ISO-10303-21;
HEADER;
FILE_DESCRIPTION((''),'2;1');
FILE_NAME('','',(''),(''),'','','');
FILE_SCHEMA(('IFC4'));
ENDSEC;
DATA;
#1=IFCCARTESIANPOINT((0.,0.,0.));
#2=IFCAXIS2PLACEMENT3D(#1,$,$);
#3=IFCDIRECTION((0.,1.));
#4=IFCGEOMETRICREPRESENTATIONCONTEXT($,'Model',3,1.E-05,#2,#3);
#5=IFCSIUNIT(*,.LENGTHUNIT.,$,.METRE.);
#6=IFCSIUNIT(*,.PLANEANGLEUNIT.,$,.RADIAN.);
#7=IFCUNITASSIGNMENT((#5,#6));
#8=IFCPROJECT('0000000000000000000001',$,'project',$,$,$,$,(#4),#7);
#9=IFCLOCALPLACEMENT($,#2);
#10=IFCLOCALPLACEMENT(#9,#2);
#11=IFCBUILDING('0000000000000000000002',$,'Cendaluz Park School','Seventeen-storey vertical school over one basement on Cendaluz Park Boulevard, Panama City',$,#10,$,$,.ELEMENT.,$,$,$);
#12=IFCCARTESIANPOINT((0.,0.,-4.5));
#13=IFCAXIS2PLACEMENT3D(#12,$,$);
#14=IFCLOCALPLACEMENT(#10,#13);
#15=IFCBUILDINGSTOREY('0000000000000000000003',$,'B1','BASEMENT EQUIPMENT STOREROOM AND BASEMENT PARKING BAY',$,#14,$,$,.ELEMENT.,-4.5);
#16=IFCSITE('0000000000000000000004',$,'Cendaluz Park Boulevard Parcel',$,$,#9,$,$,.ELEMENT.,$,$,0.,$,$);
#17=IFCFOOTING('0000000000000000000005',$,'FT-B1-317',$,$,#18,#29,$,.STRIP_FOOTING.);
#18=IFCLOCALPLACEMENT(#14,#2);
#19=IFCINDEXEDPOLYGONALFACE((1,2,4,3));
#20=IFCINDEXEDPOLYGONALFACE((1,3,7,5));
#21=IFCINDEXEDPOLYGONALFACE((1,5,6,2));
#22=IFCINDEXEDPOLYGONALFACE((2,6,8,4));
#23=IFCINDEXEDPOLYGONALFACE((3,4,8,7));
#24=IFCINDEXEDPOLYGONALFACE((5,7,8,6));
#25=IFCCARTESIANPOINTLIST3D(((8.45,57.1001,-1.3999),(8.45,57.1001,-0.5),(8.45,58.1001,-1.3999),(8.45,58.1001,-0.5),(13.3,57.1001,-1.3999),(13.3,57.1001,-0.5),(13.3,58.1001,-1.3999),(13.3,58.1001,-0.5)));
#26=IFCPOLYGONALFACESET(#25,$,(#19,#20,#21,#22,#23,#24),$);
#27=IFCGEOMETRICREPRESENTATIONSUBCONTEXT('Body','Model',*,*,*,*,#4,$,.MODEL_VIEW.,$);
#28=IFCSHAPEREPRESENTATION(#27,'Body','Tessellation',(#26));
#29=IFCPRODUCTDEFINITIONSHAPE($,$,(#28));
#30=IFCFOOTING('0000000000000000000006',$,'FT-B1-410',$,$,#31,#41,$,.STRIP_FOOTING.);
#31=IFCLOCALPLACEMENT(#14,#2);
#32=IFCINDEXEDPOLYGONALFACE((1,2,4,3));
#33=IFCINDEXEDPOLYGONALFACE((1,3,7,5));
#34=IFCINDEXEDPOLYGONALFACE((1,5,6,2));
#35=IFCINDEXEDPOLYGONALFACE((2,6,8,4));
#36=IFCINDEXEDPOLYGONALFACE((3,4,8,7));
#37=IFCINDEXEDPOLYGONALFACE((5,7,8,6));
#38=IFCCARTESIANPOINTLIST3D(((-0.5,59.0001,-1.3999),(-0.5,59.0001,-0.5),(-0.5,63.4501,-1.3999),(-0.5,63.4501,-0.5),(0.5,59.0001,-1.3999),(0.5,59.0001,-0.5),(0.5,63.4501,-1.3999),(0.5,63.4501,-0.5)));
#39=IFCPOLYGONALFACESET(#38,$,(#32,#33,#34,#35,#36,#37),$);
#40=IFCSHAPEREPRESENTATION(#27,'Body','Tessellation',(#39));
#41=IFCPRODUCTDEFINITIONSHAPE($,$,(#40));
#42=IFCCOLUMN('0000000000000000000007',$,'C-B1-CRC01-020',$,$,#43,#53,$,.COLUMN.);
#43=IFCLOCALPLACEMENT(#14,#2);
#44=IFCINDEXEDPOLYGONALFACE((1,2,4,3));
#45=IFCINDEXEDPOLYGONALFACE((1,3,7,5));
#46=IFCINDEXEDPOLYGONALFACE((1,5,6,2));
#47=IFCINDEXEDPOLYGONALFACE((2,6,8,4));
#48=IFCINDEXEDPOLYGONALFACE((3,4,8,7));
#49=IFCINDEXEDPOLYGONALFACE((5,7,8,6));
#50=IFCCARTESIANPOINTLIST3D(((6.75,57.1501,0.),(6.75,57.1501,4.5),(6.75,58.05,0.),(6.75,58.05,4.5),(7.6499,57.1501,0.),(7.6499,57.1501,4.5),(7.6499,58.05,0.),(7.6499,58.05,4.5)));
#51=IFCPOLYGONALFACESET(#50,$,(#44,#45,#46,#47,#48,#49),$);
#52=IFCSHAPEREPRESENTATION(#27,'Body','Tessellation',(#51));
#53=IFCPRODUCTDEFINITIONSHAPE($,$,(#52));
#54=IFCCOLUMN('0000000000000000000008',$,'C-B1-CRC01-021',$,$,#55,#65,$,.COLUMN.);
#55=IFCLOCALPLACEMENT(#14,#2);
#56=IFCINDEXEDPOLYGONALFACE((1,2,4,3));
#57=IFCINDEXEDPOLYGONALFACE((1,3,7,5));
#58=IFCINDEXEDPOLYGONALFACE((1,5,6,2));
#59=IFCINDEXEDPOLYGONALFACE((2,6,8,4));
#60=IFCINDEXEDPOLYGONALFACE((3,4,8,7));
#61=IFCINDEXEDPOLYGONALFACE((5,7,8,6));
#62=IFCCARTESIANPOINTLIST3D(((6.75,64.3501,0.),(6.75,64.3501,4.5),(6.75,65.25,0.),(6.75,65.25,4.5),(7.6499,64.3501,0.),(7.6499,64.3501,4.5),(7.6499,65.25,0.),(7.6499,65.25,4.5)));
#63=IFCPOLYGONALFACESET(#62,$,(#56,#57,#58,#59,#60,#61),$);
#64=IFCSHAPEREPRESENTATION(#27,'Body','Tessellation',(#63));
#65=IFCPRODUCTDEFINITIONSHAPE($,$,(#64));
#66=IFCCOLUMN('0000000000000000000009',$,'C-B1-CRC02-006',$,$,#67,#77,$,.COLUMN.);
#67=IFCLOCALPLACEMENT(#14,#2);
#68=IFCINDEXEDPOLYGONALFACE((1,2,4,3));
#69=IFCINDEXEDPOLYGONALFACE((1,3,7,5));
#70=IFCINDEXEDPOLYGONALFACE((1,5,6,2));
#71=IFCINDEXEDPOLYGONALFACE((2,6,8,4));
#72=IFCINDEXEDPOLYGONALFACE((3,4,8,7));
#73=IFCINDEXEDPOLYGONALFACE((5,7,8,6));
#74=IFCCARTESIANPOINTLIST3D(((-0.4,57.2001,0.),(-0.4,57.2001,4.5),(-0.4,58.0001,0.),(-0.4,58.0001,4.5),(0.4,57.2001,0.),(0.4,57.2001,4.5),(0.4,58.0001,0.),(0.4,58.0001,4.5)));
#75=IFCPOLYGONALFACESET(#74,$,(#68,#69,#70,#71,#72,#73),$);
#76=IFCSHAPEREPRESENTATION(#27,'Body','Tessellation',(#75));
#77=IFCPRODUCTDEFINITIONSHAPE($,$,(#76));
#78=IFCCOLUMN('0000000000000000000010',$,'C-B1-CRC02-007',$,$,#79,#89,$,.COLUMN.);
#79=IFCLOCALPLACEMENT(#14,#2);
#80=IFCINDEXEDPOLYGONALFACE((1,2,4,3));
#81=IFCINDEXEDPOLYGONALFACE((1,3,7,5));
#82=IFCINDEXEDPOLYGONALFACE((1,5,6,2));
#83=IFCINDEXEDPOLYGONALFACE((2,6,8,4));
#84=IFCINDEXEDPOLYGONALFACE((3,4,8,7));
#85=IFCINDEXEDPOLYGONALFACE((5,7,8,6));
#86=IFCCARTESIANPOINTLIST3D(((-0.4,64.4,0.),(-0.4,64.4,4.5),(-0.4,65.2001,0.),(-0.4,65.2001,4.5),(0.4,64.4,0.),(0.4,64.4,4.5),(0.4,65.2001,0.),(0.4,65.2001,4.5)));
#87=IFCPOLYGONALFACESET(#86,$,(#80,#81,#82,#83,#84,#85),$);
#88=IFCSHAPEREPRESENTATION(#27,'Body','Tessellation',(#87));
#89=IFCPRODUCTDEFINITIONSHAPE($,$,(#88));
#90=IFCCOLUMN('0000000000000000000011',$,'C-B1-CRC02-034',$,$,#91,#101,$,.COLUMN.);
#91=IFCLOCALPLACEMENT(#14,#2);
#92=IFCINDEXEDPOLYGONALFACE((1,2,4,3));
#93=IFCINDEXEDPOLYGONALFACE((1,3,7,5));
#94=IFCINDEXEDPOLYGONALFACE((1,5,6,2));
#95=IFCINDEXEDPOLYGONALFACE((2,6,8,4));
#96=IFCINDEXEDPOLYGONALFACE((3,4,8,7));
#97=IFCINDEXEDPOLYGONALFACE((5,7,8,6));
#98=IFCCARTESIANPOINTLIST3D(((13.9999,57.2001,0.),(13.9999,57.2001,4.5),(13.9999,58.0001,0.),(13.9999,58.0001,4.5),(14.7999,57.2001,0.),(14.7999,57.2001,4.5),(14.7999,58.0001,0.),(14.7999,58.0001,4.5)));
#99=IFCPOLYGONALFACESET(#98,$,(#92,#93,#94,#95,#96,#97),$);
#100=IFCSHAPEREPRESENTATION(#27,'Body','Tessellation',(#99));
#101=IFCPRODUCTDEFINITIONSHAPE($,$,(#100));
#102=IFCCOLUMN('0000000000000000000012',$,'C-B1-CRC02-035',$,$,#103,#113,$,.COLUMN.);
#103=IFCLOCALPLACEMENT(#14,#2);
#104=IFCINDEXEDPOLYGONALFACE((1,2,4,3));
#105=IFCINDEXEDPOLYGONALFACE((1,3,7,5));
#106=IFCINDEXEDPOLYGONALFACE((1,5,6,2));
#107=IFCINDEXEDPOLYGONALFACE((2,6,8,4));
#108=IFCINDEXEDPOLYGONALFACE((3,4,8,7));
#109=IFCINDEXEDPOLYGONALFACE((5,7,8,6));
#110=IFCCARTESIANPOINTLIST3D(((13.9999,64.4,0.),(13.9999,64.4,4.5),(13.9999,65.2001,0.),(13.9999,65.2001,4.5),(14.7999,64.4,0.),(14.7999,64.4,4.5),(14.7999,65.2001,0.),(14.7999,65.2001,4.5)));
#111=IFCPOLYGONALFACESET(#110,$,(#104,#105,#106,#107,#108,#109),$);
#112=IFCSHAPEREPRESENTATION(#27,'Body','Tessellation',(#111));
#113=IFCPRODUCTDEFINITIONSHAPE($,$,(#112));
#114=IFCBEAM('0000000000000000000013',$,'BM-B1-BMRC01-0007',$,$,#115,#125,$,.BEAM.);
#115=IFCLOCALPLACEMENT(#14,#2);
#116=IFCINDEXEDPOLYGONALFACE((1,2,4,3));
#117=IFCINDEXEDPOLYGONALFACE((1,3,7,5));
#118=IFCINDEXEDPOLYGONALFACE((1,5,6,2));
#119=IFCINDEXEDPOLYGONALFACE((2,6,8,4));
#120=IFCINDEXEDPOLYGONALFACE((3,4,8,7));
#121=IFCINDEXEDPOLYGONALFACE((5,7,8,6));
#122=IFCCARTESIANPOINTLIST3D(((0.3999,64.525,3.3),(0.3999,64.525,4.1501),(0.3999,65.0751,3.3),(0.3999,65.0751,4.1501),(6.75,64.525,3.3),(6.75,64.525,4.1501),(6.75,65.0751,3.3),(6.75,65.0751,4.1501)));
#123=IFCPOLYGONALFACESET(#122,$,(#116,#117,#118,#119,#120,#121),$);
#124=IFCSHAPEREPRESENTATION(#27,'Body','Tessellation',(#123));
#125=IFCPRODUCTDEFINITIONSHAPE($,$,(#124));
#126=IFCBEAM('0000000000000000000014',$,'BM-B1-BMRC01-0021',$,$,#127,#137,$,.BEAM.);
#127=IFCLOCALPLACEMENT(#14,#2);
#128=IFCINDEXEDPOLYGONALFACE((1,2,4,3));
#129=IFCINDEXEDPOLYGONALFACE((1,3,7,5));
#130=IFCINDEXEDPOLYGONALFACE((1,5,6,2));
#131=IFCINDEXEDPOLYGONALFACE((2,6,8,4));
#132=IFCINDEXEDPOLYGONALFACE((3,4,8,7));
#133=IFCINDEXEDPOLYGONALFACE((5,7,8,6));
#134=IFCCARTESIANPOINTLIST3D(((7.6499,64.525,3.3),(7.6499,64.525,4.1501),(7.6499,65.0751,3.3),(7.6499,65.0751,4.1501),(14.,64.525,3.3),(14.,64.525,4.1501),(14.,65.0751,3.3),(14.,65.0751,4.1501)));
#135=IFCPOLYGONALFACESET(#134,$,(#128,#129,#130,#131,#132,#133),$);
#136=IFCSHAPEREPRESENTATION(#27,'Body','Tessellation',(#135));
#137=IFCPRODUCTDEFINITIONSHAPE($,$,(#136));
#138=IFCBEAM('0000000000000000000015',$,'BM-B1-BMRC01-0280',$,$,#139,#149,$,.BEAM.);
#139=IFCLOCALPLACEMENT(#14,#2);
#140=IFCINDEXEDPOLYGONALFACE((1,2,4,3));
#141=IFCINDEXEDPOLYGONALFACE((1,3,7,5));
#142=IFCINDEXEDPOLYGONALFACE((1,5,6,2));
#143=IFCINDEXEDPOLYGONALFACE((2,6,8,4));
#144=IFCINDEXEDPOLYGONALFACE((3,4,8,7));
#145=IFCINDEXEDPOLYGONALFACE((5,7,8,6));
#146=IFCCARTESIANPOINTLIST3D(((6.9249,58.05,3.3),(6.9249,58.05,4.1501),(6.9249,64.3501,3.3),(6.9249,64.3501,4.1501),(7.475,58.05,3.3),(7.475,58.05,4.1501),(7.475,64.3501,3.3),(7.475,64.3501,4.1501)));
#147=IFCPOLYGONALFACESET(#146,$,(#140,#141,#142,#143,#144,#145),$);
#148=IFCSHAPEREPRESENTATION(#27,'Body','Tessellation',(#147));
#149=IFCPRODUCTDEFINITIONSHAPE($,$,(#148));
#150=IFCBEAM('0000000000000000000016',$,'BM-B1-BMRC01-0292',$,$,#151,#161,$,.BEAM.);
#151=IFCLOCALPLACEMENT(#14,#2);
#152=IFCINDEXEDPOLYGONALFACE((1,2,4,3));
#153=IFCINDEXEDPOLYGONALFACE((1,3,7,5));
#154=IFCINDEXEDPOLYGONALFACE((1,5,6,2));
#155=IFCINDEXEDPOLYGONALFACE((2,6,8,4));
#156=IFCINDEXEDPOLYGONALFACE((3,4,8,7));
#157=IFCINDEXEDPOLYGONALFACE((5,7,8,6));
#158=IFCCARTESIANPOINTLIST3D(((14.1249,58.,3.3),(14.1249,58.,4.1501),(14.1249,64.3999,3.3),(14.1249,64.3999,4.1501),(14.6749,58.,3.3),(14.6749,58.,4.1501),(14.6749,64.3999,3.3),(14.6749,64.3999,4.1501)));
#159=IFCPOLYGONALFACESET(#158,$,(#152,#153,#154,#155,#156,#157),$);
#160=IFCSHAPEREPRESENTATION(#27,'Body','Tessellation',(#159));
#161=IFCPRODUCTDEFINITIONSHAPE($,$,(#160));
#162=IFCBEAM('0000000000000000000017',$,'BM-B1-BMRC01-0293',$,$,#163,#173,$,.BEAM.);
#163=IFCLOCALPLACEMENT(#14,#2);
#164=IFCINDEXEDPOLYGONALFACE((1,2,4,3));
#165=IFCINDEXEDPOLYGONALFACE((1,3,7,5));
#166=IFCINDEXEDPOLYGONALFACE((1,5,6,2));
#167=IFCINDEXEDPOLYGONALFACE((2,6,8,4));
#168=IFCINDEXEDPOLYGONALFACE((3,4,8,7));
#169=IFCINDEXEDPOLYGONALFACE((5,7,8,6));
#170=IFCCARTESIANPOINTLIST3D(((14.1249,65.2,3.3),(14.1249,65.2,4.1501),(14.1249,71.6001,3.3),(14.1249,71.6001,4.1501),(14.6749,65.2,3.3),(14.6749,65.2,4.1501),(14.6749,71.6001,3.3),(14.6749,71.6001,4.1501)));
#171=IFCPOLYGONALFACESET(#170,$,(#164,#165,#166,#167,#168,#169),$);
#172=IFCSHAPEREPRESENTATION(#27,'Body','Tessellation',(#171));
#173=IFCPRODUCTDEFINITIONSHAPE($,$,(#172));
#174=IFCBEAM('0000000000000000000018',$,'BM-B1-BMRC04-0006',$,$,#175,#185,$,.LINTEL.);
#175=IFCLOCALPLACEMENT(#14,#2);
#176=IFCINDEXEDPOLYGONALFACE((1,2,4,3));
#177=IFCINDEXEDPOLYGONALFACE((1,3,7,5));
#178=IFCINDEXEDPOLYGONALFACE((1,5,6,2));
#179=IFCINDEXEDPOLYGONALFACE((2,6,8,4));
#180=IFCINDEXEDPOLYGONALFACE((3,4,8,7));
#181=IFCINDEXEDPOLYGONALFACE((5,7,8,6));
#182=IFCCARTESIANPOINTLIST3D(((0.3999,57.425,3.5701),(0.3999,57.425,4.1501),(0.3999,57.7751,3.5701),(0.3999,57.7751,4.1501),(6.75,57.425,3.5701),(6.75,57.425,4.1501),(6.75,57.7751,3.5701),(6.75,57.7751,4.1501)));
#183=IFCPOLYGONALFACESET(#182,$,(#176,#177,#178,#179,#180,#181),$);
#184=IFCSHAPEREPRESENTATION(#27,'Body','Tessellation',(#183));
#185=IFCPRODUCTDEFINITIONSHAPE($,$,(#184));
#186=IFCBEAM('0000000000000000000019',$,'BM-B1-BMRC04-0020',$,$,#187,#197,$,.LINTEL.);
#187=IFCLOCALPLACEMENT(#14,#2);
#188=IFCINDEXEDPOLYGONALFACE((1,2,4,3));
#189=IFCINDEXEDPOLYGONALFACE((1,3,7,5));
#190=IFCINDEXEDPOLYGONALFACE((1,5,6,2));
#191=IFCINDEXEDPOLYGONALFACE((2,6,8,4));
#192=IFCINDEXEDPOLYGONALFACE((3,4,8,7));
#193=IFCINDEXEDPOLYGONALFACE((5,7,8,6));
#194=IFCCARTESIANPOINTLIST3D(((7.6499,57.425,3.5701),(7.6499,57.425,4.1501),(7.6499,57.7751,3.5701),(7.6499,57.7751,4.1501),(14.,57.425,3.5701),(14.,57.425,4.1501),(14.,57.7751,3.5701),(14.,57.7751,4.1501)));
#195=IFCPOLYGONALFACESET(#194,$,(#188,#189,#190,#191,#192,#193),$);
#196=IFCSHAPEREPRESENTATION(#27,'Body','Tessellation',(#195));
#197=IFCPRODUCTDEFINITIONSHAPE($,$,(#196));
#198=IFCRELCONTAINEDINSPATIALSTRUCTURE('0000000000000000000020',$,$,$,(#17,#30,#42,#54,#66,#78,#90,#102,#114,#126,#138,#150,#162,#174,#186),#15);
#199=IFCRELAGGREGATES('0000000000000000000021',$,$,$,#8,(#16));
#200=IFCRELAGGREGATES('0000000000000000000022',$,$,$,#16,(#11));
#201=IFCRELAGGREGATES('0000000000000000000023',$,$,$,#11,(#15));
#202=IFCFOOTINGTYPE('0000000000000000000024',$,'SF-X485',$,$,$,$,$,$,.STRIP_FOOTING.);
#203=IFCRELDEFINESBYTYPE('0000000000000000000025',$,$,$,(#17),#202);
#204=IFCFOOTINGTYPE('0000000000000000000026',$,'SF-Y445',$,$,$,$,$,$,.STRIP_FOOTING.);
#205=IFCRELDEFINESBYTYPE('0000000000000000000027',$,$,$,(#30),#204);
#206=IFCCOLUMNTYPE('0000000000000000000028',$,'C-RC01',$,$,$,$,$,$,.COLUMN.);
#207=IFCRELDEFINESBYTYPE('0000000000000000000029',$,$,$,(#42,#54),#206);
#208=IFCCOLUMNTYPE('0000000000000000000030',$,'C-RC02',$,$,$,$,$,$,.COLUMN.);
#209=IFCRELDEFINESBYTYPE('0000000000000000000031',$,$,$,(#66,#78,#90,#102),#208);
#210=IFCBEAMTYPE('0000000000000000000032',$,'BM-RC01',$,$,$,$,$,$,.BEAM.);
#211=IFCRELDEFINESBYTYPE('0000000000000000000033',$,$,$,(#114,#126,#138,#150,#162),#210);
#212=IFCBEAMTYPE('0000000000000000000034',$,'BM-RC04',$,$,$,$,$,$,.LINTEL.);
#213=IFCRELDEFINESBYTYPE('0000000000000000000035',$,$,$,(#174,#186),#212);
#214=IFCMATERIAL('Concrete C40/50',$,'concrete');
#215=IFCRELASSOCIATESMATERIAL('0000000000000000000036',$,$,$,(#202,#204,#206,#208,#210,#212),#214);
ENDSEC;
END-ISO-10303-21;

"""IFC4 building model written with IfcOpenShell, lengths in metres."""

from ifc_helpers import new_model, si_unit, direction, frame, origin, origin_2d, place, context, subcontext, project, spatial, rectangle, extrude, material, material_profile, profile_set, type_object, element, save


model = new_model("IFC4")

# Units and contexts
model_context = context("Model", 3, precision=1e-05, world=origin(), true_north=direction((0.0, 1.0)))
body_context = subcontext(model_context, "Body", "Model", "MODEL_VIEW")
ifc_project = project(units=[si_unit("LENGTHUNIT", "METRE"), si_unit("PLANEANGLEUNIT", "RADIAN")], contexts=[model_context])

# Site, building, storey
site_placement = place(None, origin())
site = spatial("IfcSite", under=ifc_project, at=site_placement, Name="Cendaluz Park Boulevard Parcel", CompositionType="ELEMENT", RefElevation=0.0)
building_placement = place(site_placement, origin())
building = spatial("IfcBuilding", under=site, at=building_placement, Name="Cendaluz Park School", Description="Seventeen-storey vertical school over one basement on Cendaluz Park Boulevard, Panama City", CompositionType="ELEMENT")
storey_placement = place(building_placement, frame((0.0, 0.0, -4.5)))
storey = spatial("IfcBuildingStorey", under=building, at=storey_placement, Name="B1", Description="BASEMENT EQUIPMENT STOREROOM AND BASEMENT PARKING BAY", CompositionType="ELEMENT", Elevation=-4.5)

# Shared definitions
ifc_material_1 = material(Name="Concrete C40/50", Category="concrete")

# Footings
footing_type_1 = type_object("IfcFootingType", Name="SF-X485", PredefinedType="STRIP_FOOTING", material=ifc_material_1)
footing_1_placement = place(storey_placement, frame((10.875, 57.6001, -1.3999), z_axis=(0.0, 0.0, 1.0), x_axis=(1.0, 0.0, 0.0)))
element("IfcFooting", 1, at=footing_1_placement, inside=storey, type_object=footing_type_1, Name="FT-B1-317", PredefinedType="STRIP_FOOTING", context=body_context, shape_type="SweptSolid", body=[
    extrude(rectangle(XDim=4.8501, YDim=1.0, at=origin_2d()), origin(), (0.0, 0.0, 1.0), 0.8999),
])
footing_type_2 = type_object("IfcFootingType", Name="SF-Y445", PredefinedType="STRIP_FOOTING", material=ifc_material_1)
footing_2_placement = place(storey_placement, frame((0.0, 61.2251, -1.3999), z_axis=(0.0, 0.0, 1.0), x_axis=(1.0, 0.0, 0.0)))
element("IfcFooting", 2, at=footing_2_placement, inside=storey, type_object=footing_type_2, Name="FT-B1-410", PredefinedType="STRIP_FOOTING", context=body_context, shape_type="SweptSolid", body=[
    extrude(rectangle(XDim=1.0, YDim=4.45, at=origin_2d()), origin(), (0.0, 0.0, 1.0), 0.8999),
])

# Columns
ifc_material_profile_1 = material_profile(ifc_material_1, rectangle(XDim=0.8999, YDim=0.8999, at=origin_2d()), Name="RC 900x900", Category="concrete")
ifc_profile_set_1 = profile_set([ifc_material_profile_1], Name="Concrete C40/50")
column_type_1 = type_object("IfcColumnType", Name="C-RC01", PredefinedType="COLUMN", material=ifc_profile_set_1)
for number, where, z_axis, x_axis, name in (
    (3, (7.2, 57.6001, 0.0), (0.0, 0.0, 1.0), (1.0, 0.0, 0.0), "C-B1-CRC01-020"),
    (4, (7.2, 64.8, 0.0), (0.0, 0.0, 1.0), (1.0, 0.0, 0.0), "C-B1-CRC01-021"),
):
    element("IfcColumn", number, at=place(storey_placement, frame(where, z_axis=z_axis, x_axis=x_axis)), inside=storey, type_object=column_type_1, Name=name, PredefinedType="COLUMN", context=body_context, shape_type="SweptSolid", body=[
        extrude(rectangle(XDim=0.8999, YDim=0.8999, at=origin_2d()), origin(), (0.0, 0.0, 1.0), 4.5),
    ])
ifc_material_profile_2 = material_profile(ifc_material_1, rectangle(XDim=0.8, YDim=0.8, at=origin_2d()), Name="RC 800x800", Category="concrete")
ifc_profile_set_2 = profile_set([ifc_material_profile_2], Name="Concrete C40/50")
column_type_2 = type_object("IfcColumnType", Name="C-RC02", PredefinedType="COLUMN", material=ifc_profile_set_2)
for number, where, z_axis, x_axis, name in (
    (5, (0.0, 57.6001, 0.0), (0.0, 0.0, 1.0), (1.0, 0.0, 0.0), "C-B1-CRC02-006"),
    (6, (0.0, 64.8, 0.0), (0.0, 0.0, 1.0), (1.0, 0.0, 0.0), "C-B1-CRC02-007"),
    (7, (14.3999, 57.6001, 0.0), (0.0, 0.0, 1.0), (1.0, 0.0, 0.0), "C-B1-CRC02-034"),
    (8, (14.3999, 64.8, 0.0), (0.0, 0.0, 1.0), (1.0, 0.0, 0.0), "C-B1-CRC02-035"),
):
    element("IfcColumn", number, at=place(storey_placement, frame(where, z_axis=z_axis, x_axis=x_axis)), inside=storey, type_object=column_type_2, Name=name, PredefinedType="COLUMN", context=body_context, shape_type="SweptSolid", body=[
        extrude(rectangle(XDim=0.8, YDim=0.8, at=origin_2d()), origin(), (0.0, 0.0, 1.0), 4.5),
    ])

# Beams
ifc_material_profile_3 = material_profile(ifc_material_1, rectangle(XDim=0.55, YDim=0.8501, at=origin_2d()), Name="RC 550x850", Category="concrete")
ifc_profile_set_3 = profile_set([ifc_material_profile_3], Name="Concrete C40/50")
beam_type_1 = type_object("IfcBeamType", Name="BM-RC01", PredefinedType="BEAM", material=ifc_profile_set_3)
for number, where, z_axis, x_axis, name in (
    (9, (0.3999, 64.8, 3.7251), (1.0, 0.0, 0.0), (0.0, 1.0, 0.0), "BM-B1-BMRC01-0007"),
    (10, (7.6499, 64.8, 3.7251), (1.0, 0.0, 0.0), (0.0, 1.0, 0.0), "BM-B1-BMRC01-0021"),
):
    element("IfcBeam", number, at=place(storey_placement, frame(where, z_axis=z_axis, x_axis=x_axis)), inside=storey, type_object=beam_type_1, Name=name, PredefinedType="BEAM", context=body_context, shape_type="SweptSolid", body=[
        extrude(rectangle(XDim=0.55, YDim=0.8501, at=origin_2d()), origin(), (0.0, 0.0, 1.0), 6.3501),
    ])
beam_1_placement = place(storey_placement, frame((7.2, 58.05, 3.7251), z_axis=(0.0, 1.0, 0.0), x_axis=(-1.0, 0.0, 0.0)))
element("IfcBeam", 11, at=beam_1_placement, inside=storey, type_object=beam_type_1, Name="BM-B1-BMRC01-0280", PredefinedType="BEAM", context=body_context, shape_type="SweptSolid", body=[
    extrude(rectangle(XDim=0.55, YDim=0.8501, at=origin_2d()), origin(), (0.0, 0.0, 1.0), 6.3),
])
beam_2_placement = place(storey_placement, frame((14.3999, 58.0, 3.7251), z_axis=(0.0, 1.0, 0.0), x_axis=(-1.0, 0.0, 0.0)))
element("IfcBeam", 12, at=beam_2_placement, inside=storey, type_object=beam_type_1, Name="BM-B1-BMRC01-0292", PredefinedType="BEAM", context=body_context, shape_type="SweptSolid", body=[
    extrude(rectangle(XDim=0.55, YDim=0.8501, at=origin_2d()), origin(), (0.0, 0.0, 1.0), 6.3999),
])
beam_3_placement = place(storey_placement, frame((14.3999, 65.2, 3.7251), z_axis=(0.0, 1.0, 0.0), x_axis=(-1.0, 0.0, 0.0)))
element("IfcBeam", 13, at=beam_3_placement, inside=storey, type_object=beam_type_1, Name="BM-B1-BMRC01-0293", PredefinedType="BEAM", context=body_context, shape_type="SweptSolid", body=[
    extrude(rectangle(XDim=0.55, YDim=0.8501, at=origin_2d()), origin(), (0.0, 0.0, 1.0), 6.4001),
])
ifc_material_profile_4 = material_profile(ifc_material_1, rectangle(XDim=0.3501, YDim=0.5801, at=origin_2d()), Name="RC 350x580", Category="concrete")
ifc_profile_set_4 = profile_set([ifc_material_profile_4], Name="Concrete C40/50")
beam_type_2 = type_object("IfcBeamType", Name="BM-RC04", PredefinedType="LINTEL", material=ifc_profile_set_4)
for number, where, z_axis, x_axis, name in (
    (14, (0.3999, 57.6001, 3.8601), (1.0, 0.0, 0.0), (0.0, 1.0, 0.0), "BM-B1-BMRC04-0006"),
    (15, (7.6499, 57.6001, 3.8601), (1.0, 0.0, 0.0), (0.0, 1.0, 0.0), "BM-B1-BMRC04-0020"),
):
    element("IfcBeam", number, at=place(storey_placement, frame(where, z_axis=z_axis, x_axis=x_axis)), inside=storey, type_object=beam_type_2, Name=name, PredefinedType="LINTEL", context=body_context, shape_type="SweptSolid", body=[
        extrude(rectangle(XDim=0.3501, YDim=0.5801, at=origin_2d()), origin(), (0.0, 0.0, 1.0), 6.3501),
    ])

save(model, "model.ifc")
